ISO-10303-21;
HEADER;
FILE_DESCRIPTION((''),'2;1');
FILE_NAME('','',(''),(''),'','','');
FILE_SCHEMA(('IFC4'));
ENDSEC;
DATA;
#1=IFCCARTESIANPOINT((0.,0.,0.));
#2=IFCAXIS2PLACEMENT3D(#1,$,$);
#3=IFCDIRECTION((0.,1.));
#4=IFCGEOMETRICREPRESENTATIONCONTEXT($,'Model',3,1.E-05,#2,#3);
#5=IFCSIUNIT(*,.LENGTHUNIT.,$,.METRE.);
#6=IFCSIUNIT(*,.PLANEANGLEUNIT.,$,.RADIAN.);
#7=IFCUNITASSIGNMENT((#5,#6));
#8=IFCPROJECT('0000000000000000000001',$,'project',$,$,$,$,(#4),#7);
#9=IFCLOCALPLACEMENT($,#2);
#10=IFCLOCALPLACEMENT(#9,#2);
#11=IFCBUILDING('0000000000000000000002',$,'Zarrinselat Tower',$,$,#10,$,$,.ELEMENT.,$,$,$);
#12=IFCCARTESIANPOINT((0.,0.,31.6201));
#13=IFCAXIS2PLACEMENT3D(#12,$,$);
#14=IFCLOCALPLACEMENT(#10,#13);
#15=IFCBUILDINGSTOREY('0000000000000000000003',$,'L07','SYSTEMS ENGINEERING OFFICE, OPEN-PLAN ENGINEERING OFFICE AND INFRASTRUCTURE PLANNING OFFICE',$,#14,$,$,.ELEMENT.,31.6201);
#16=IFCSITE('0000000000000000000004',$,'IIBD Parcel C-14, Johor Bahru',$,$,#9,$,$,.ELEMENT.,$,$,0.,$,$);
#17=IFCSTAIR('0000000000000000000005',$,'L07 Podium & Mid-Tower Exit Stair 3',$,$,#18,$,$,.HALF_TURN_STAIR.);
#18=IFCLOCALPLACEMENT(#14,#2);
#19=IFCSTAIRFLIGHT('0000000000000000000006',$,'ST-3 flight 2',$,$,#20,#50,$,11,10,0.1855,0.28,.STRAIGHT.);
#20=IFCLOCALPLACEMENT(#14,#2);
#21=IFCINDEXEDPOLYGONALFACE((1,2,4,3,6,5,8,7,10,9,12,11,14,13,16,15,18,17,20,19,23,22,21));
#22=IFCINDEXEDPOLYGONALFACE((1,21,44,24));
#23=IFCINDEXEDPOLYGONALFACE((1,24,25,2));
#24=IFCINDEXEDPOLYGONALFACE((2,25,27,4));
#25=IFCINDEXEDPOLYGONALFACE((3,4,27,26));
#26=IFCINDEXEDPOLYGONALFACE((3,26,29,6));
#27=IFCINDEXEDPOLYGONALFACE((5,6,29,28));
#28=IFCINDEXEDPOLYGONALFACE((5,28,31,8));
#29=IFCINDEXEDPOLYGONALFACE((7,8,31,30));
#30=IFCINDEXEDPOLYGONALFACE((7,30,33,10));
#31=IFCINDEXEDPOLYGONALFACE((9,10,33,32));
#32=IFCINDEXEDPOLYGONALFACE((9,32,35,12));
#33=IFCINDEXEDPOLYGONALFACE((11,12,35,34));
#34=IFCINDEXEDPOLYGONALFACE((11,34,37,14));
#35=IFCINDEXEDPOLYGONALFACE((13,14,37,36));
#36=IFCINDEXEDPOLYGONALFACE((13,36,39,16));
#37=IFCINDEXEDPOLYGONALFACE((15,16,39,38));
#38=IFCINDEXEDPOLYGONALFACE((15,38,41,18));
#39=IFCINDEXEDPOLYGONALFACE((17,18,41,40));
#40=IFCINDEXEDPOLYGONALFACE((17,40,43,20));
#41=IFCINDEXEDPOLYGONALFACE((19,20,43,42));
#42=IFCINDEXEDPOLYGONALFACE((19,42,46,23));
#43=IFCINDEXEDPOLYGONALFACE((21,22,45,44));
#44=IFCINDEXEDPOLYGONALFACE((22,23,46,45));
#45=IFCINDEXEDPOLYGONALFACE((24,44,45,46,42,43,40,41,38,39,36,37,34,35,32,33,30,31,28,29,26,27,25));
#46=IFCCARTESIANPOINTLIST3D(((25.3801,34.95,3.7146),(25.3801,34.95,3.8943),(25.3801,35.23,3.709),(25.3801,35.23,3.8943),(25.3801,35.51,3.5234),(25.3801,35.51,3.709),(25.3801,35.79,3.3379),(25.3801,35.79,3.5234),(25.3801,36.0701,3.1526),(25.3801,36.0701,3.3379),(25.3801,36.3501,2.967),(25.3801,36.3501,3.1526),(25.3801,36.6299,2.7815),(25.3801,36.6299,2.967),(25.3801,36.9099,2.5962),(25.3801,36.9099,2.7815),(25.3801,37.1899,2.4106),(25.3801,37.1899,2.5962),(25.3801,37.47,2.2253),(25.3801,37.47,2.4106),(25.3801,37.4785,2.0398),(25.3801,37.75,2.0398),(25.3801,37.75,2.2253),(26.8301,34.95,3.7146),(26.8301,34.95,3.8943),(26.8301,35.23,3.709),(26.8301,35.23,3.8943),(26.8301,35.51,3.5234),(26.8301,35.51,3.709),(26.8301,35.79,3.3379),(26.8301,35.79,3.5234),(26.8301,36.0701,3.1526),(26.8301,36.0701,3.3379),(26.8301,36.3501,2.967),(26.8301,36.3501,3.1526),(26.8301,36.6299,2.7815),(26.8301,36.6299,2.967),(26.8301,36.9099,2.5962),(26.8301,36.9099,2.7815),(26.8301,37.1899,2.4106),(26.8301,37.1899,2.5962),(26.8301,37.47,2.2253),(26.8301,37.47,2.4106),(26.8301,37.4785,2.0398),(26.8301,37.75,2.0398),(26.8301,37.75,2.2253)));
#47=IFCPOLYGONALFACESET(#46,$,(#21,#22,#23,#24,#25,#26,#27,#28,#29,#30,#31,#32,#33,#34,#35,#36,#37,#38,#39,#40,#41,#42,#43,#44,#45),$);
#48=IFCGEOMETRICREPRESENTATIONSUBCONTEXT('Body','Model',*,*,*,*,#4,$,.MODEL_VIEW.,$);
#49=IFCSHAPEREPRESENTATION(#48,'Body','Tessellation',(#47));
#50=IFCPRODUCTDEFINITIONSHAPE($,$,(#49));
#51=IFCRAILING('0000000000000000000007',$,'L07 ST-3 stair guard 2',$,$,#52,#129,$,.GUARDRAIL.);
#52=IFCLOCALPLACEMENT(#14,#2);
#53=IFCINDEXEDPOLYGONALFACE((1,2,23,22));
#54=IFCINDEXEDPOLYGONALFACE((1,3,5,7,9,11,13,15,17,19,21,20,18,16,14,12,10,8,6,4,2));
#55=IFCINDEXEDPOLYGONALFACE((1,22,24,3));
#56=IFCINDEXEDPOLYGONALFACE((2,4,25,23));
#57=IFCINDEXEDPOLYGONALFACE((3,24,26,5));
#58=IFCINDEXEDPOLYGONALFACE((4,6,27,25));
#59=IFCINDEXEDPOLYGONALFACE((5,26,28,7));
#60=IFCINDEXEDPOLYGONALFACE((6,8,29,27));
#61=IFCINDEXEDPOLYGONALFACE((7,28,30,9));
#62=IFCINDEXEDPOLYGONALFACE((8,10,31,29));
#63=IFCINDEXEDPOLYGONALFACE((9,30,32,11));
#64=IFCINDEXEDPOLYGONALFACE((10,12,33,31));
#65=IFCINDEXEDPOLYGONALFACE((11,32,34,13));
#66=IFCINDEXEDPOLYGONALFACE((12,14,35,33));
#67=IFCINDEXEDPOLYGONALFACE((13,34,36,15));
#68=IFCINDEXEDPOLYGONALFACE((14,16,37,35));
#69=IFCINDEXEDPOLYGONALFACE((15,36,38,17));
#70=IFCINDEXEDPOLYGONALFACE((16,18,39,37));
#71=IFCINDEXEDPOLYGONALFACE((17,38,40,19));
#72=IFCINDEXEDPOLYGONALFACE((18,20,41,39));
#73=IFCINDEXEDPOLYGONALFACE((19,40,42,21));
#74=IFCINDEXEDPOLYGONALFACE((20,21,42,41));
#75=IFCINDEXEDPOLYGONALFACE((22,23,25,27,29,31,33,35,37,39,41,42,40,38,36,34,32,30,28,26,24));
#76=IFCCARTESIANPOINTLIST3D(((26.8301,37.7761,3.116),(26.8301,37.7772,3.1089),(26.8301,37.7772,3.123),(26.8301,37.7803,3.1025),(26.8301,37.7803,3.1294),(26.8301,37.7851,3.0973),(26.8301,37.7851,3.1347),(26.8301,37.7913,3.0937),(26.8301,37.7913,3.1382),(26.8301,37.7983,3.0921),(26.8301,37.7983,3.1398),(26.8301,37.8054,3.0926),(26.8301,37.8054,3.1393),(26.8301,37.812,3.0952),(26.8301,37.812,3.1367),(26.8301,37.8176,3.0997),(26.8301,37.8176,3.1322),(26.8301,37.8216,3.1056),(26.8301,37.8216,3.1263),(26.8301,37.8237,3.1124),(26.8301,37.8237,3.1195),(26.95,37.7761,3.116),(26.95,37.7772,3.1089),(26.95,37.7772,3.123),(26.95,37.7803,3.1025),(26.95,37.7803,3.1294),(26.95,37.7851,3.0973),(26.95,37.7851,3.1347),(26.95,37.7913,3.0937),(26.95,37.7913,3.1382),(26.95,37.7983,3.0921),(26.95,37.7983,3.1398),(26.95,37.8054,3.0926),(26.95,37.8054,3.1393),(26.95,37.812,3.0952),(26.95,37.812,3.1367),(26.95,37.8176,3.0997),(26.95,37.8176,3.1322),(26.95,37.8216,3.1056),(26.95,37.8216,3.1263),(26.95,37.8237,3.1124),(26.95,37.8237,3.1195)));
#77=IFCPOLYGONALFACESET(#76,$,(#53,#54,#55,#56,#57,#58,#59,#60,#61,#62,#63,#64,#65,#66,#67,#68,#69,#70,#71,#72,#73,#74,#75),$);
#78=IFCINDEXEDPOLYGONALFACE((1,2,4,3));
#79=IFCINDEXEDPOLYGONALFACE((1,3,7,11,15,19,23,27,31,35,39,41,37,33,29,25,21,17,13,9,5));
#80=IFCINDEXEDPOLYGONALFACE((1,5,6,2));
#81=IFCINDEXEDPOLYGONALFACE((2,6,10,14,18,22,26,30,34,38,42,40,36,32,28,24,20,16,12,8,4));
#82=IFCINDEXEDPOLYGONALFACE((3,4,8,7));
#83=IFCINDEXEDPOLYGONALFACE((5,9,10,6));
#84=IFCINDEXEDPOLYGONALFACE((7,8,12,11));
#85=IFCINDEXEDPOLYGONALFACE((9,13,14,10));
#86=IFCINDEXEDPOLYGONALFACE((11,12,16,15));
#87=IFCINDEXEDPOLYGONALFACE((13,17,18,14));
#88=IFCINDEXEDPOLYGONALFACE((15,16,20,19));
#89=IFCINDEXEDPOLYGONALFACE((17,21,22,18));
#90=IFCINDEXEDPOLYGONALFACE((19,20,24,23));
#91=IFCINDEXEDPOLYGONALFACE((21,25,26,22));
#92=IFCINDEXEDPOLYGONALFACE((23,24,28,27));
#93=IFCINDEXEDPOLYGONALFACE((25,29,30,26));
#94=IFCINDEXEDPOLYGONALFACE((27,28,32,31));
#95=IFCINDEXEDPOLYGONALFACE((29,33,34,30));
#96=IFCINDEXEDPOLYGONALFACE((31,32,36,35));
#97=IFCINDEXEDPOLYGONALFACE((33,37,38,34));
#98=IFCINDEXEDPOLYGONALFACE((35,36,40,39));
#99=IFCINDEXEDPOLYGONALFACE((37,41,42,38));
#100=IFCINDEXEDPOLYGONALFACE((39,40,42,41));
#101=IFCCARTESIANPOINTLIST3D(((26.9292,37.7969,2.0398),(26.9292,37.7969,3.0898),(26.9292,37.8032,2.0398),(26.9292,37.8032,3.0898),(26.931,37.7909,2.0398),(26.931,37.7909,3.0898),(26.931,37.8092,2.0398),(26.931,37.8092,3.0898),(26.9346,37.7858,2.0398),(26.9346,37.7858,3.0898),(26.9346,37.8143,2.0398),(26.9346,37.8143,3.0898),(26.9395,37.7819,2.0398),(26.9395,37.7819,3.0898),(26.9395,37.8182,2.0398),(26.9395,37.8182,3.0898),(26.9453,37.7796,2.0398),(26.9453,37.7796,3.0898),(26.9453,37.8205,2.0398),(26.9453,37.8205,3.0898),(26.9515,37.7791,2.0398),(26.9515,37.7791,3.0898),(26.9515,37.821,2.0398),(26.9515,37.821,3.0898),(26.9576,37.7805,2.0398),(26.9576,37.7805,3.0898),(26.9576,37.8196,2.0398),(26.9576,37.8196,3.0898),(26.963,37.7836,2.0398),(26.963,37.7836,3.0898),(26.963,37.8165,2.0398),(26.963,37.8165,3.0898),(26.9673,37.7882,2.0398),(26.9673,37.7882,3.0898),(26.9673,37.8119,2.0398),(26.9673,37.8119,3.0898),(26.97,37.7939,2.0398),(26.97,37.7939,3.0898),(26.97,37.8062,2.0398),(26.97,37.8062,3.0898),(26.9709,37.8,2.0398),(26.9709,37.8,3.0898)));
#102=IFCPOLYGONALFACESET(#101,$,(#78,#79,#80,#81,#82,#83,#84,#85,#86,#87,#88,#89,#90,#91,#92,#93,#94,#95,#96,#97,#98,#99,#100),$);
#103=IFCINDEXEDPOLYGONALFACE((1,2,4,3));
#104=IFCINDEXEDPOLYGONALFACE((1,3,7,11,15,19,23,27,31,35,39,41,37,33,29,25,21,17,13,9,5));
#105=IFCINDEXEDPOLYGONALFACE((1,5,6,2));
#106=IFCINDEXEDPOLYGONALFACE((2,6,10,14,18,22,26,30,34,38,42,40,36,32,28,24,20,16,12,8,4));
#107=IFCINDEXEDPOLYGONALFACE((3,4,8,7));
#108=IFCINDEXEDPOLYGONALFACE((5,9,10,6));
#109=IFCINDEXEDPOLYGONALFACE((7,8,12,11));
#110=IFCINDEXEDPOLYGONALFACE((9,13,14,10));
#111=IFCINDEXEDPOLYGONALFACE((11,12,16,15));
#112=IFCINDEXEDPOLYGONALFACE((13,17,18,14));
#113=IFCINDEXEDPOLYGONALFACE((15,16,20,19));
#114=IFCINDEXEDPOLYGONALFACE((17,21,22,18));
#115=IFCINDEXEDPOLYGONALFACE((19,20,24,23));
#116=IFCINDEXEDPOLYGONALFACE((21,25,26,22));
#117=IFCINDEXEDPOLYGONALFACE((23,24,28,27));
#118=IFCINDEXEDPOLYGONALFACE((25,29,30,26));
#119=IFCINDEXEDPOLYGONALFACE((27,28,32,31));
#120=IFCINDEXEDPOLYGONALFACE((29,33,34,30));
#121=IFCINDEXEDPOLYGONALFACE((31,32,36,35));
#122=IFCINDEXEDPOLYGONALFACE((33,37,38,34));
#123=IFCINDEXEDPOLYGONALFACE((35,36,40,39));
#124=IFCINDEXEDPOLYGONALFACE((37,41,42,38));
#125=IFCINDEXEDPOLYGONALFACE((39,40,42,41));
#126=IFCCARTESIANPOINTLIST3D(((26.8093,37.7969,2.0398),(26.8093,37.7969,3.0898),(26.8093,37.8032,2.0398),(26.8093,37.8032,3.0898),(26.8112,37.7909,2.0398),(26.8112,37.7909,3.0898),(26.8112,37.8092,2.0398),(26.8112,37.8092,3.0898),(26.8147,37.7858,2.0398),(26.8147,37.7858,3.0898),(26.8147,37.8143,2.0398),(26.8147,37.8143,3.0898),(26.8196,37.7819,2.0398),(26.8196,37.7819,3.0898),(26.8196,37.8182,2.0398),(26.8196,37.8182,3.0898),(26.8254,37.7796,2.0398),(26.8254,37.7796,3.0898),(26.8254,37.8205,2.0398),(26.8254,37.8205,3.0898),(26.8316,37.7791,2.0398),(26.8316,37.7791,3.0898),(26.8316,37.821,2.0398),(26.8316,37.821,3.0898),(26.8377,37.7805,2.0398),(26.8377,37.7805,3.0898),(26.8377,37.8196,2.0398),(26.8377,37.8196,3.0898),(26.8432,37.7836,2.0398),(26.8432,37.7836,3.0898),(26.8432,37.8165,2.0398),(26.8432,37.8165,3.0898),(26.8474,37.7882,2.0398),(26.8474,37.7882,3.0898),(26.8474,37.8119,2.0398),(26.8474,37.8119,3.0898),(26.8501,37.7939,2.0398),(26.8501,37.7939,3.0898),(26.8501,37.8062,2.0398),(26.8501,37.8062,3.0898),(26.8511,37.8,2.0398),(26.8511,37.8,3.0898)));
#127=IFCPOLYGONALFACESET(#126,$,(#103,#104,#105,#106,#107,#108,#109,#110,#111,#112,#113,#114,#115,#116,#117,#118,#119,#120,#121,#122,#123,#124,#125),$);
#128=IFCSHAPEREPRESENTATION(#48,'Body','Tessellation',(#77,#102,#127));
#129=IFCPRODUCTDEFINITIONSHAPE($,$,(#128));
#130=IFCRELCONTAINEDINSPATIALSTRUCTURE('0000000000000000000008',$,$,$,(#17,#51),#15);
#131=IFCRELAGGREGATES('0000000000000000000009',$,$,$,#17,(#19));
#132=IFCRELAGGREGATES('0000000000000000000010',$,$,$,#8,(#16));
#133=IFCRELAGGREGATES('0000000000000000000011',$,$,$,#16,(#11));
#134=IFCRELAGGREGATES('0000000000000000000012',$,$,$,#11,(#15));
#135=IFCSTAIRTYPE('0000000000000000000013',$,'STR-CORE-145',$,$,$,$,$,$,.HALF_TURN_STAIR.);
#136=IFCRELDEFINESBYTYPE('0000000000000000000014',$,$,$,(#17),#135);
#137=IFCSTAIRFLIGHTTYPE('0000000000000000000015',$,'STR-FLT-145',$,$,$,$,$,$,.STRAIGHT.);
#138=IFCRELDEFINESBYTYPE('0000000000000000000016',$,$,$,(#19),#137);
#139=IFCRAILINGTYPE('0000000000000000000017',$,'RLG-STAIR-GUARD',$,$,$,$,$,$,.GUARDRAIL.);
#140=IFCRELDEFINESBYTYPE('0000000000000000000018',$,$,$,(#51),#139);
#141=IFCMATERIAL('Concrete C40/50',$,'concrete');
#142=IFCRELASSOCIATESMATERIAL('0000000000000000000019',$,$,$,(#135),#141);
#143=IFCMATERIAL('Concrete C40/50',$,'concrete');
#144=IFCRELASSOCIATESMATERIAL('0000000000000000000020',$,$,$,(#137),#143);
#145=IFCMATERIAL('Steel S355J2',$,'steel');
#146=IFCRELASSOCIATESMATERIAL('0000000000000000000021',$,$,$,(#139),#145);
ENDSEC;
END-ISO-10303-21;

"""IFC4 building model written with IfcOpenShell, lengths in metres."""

from ifc_helpers import new_model, si_unit, direction, frame, origin, origin_2d, place, context, subcontext, project, spatial, polyline, circle, outline, extrude, material, type_object, element, aggregate, save


model = new_model("IFC4")

# Units and contexts
model_context = context("Model", 3, precision=1e-05, world=origin(), true_north=direction((0.0, 1.0)))
body_context = subcontext(model_context, "Body", "Model", "MODEL_VIEW")
ifc_project = project(units=[si_unit("LENGTHUNIT", "METRE"), si_unit("PLANEANGLEUNIT", "RADIAN")], contexts=[model_context])

# Site, building, storey
site_placement = place(None, origin())
site = spatial("IfcSite", under=ifc_project, at=site_placement, Name="IIBD Parcel C-14, Johor Bahru", CompositionType="ELEMENT", RefElevation=0.0)
building_placement = place(site_placement, origin())
building = spatial("IfcBuilding", under=site, at=building_placement, Name="Zarrinselat Tower", CompositionType="ELEMENT")
storey_placement = place(building_placement, frame((0.0, 0.0, 31.6201)))
storey = spatial("IfcBuildingStorey", under=building, at=storey_placement, Name="L07", Description="SYSTEMS ENGINEERING OFFICE, OPEN-PLAN ENGINEERING OFFICE AND INFRASTRUCTURE PLANNING OFFICE", CompositionType="ELEMENT", Elevation=31.6201)

# Stair, stair flight
ifc_material_1 = material(Name="Concrete C40/50", Category="concrete")
stair_type = type_object("IfcStairType", Name="STR-CORE-145", PredefinedType="HALF_TURN_STAIR", material=ifc_material_1)
stair_placement = place(storey_placement, origin())
stair = element("IfcStair", 1, at=stair_placement, inside=storey, type_object=stair_type, Name="L07 Podium & Mid-Tower Exit Stair 3", PredefinedType="HALF_TURN_STAIR")
ifc_material_2 = material(Name="Concrete C40/50", Category="concrete")
stair_flight_type = type_object("IfcStairFlightType", Name="STR-FLT-145", PredefinedType="STRAIGHT", material=ifc_material_2)
stair_flight_placement = place(storey_placement, frame((26.105, 37.75, 2.0398), z_axis=(0.0, 0.0, 1.0), x_axis=(0.0, -1.0, 0.0)))
stair_flight = element("IfcStairFlight", 2, at=stair_flight_placement, type_object=stair_flight_type, Name="ST-3 flight 2", NumberOfRisers=11, NumberOfTreads=10, PredefinedType="STRAIGHT", RiserHeight=0.1855, TreadLength=0.28, context=body_context, shape_type="SweptSolid", body=[
    extrude(outline(polyline([(0.0, 0.0), (0.0, 0.1855), (0.28, 0.1855), (0.28, 0.3708), (0.5601, 0.3708), (0.5601, 0.5564), (0.8401, 0.5564), (0.8401, 0.7417), (1.1201, 0.7417), (1.1201, 0.9272), (1.3999, 0.9272), (1.3999, 1.1128), (1.6799, 1.1128), (1.6799, 1.2981), (1.96, 1.2981), (1.96, 1.4836), (2.24, 1.4836), (2.24, 1.6692), (2.52, 1.6692), (2.52, 1.8545), (2.8, 1.8545), (2.8, 2.04), (2.8, 1.6748), (0.2715, 0.0), (0.0, 0.0)])), frame((0.0, 0.7251, 0.0), z_axis=(0.0, -1.0, 0.0), x_axis=(1.0, 0.0, 0.0)), (0.0, 0.0, 1.0), 1.45),
])
aggregate(stair, [stair_flight])

# Railing
ifc_material_3 = material(Name="Steel S355J2", Category="steel")
railing_type_1 = type_object("IfcRailingType", Name="RLG-STAIR-GUARD", PredefinedType="GUARDRAIL", material=ifc_material_3)
railing_1_placement = place(storey_placement, frame((26.95, 37.8, 2.0398)))
element("IfcRailing", 3, at=railing_1_placement, inside=storey, type_object=railing_type_1, Name="L07 ST-3 stair guard 2", PredefinedType="GUARDRAIL", context=body_context, shape_type="SweptSolid", body=[
    extrude(circle(Radius=0.0239, at=origin_2d()), frame((0.0, 0.0, 1.0762), z_axis=(-1.0, 0.0, 0.0), x_axis=(0.0, -1.0, 0.0)), (0.0, 0.0, 1.0), 0.1199),
    extrude(circle(Radius=0.021, at=origin_2d()), origin(), (0.0, 0.0, 1.0), 1.05),
    extrude(circle(Radius=0.021, at=origin_2d()), frame((-0.1199, 0.0, 0.0)), (0.0, 0.0, 1.0), 1.05),
])

save(model, "model.ifc")
